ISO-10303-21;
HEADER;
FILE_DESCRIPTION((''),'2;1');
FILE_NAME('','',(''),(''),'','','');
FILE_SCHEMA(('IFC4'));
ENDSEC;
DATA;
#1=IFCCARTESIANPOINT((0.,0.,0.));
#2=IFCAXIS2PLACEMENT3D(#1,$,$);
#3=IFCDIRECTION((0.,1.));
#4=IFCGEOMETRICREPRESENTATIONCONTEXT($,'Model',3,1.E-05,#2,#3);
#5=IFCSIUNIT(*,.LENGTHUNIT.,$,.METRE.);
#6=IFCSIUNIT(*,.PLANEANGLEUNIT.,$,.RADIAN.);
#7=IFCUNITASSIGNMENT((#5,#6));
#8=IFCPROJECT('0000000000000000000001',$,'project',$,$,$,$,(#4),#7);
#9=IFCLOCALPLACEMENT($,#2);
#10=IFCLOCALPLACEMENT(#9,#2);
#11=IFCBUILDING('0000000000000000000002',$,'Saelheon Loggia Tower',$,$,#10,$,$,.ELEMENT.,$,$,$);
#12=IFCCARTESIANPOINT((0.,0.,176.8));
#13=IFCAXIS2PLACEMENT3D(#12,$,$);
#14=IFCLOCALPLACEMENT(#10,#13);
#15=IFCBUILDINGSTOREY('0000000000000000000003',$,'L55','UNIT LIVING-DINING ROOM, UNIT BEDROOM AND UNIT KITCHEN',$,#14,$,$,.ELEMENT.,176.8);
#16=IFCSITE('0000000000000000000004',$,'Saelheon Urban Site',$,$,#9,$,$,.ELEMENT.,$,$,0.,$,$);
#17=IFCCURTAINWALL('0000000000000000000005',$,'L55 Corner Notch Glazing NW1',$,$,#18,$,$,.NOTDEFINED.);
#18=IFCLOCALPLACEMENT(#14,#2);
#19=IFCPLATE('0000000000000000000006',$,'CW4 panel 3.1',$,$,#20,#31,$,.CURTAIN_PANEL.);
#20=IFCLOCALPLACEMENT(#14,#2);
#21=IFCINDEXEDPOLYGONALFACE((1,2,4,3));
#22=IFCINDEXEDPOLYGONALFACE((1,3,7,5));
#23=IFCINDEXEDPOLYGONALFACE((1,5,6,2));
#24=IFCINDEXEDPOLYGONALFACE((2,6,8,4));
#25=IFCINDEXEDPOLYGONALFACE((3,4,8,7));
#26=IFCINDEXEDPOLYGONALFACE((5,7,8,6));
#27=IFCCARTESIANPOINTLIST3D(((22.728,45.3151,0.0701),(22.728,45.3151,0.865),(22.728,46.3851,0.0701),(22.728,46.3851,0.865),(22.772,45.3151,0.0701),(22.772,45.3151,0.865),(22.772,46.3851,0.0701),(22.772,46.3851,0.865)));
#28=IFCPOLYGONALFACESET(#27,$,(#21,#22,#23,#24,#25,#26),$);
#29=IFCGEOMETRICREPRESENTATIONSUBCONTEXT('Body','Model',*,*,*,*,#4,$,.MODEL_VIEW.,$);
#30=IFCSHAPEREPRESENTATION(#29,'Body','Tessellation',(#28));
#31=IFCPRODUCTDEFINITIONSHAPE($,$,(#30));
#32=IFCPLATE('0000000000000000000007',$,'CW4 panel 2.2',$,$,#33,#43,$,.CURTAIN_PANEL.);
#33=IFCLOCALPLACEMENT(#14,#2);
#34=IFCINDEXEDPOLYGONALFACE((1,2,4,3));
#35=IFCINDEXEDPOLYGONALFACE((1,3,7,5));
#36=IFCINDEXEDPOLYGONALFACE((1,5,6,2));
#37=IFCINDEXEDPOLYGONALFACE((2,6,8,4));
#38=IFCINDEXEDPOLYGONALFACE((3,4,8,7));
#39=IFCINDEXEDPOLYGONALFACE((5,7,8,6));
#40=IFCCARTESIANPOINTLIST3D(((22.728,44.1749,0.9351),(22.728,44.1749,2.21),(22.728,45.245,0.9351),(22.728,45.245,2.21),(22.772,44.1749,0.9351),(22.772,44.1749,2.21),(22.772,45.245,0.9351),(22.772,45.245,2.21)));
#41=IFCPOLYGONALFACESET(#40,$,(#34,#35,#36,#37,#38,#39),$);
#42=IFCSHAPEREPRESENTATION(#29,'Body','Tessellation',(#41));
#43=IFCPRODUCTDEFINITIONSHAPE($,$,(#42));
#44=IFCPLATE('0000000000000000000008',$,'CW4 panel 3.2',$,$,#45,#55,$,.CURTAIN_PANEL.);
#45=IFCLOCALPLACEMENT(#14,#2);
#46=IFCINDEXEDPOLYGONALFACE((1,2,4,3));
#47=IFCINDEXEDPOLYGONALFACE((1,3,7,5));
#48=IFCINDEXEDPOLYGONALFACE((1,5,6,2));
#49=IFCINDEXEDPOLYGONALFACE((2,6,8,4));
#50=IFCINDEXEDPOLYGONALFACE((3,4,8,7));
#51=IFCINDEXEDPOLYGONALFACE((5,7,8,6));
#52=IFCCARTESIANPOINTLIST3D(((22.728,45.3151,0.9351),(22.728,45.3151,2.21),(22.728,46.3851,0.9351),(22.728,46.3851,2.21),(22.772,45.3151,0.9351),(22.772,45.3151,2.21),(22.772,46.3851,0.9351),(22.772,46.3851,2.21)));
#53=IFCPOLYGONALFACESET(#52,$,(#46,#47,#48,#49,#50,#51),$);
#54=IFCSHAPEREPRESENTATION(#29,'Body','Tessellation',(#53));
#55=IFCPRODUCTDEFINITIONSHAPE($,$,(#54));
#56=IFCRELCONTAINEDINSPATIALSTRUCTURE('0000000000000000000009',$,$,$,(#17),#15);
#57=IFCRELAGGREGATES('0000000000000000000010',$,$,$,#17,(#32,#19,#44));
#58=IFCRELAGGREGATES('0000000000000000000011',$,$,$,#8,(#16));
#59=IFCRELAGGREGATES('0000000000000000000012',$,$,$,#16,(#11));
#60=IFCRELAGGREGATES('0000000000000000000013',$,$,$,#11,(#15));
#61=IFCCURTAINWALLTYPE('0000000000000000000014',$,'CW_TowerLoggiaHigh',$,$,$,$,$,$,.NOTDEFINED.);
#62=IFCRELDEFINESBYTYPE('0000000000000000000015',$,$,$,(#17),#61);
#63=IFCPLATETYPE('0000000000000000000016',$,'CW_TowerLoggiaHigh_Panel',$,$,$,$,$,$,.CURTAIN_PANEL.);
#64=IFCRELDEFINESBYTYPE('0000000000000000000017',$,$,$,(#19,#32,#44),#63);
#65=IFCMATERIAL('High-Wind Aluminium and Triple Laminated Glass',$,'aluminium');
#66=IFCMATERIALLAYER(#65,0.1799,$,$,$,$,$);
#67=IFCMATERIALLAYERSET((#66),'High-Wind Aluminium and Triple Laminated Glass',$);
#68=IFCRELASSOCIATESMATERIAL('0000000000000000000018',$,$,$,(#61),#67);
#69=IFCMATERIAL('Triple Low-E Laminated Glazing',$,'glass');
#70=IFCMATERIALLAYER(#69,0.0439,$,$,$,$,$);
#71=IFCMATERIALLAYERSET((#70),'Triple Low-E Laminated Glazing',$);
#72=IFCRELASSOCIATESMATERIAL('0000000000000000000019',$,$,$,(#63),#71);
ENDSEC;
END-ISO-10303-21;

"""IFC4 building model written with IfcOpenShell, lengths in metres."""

from ifc_helpers import new_model, si_unit, direction, frame, origin, origin_2d, place, context, subcontext, project, spatial, rectangle, extrude, source, transform, mapped, material, layer, layer_set, type_object, element, aggregate, save


model = new_model("IFC4")

# Units and contexts
model_context = context("Model", 3, precision=1e-05, world=origin(), true_north=direction((0.0, 1.0)))
body_context = subcontext(model_context, "Body", "Model", "MODEL_VIEW")
ifc_project = project(units=[si_unit("LENGTHUNIT", "METRE"), si_unit("PLANEANGLEUNIT", "RADIAN")], contexts=[model_context])

# Site, building, storey
site_placement = place(None, origin())
site = spatial("IfcSite", under=ifc_project, at=site_placement, Name="Saelheon Urban Site", CompositionType="ELEMENT", RefElevation=0.0)
building_placement = place(site_placement, origin())
building = spatial("IfcBuilding", under=site, at=building_placement, Name="Saelheon Loggia Tower", CompositionType="ELEMENT")
storey_placement = place(building_placement, frame((0.0, 0.0, 176.8)))
storey = spatial("IfcBuildingStorey", under=building, at=storey_placement, Name="L55", Description="UNIT LIVING-DINING ROOM, UNIT BEDROOM AND UNIT KITCHEN", CompositionType="ELEMENT", Elevation=176.8)

# Curtain wall, plates
ifc_material_1 = material(Name="High-Wind Aluminium and Triple Laminated Glass", Category="aluminium")
ifc_layer_1 = layer(ifc_material_1, 0.1799)
ifc_layer_set_1 = layer_set([ifc_layer_1], Name="High-Wind Aluminium and Triple Laminated Glass")
curtain_wall_type = type_object("IfcCurtainWallType", Name="CW_TowerLoggiaHigh", PredefinedType="NOTDEFINED", material=ifc_layer_set_1)
curtain_wall_placement = place(storey_placement, origin())
curtain_wall = element("IfcCurtainWall", 1, at=curtain_wall_placement, inside=storey, type_object=curtain_wall_type, Name="L55 Corner Notch Glazing NW1", PredefinedType="NOTDEFINED")
ifc_material_2 = material(Name="Triple Low-E Laminated Glazing", Category="glass")
ifc_layer_2 = layer(ifc_material_2, 0.0439)
ifc_layer_set_2 = layer_set([ifc_layer_2], Name="Triple Low-E Laminated Glazing")
plate_type = type_object("IfcPlateType", Name="CW_TowerLoggiaHigh_Panel", PredefinedType="CURTAIN_PANEL", material=ifc_layer_set_2)
shared_shape_1 = source(origin(), body_context, "Body", "SweptSolid", [
    extrude(rectangle(XDim=1.0701, YDim=0.0439, at=origin_2d()), origin(), (0.0, 0.0, 1.0), 0.7949),
])
plate_1_placement = place(storey_placement, frame((22.75, 45.8501, 0.0701), z_axis=(0.0, 0.0, 1.0), x_axis=(0.0, 1.0, 0.0)))
plate_1 = element("IfcPlate", 2, at=plate_1_placement, type_object=plate_type, Name="CW4 panel 3.1", PredefinedType="CURTAIN_PANEL", context=body_context, shape_type="MappedRepresentation", body=[
    mapped(shared_shape_1, transform((0.0, 0.0, 0.0), scale=1.0)),
])
shared_shape_2 = source(origin(), body_context, "Body", "SweptSolid", [
    extrude(rectangle(XDim=1.0701, YDim=0.0439, at=origin_2d()), origin(), (0.0, 0.0, 1.0), 1.2749),
])
plate_2_placement = place(storey_placement, frame((22.75, 44.71, 0.9351), z_axis=(0.0, 0.0, 1.0), x_axis=(0.0, 1.0, 0.0)))
plate_2 = element("IfcPlate", 3, at=plate_2_placement, type_object=plate_type, Name="CW4 panel 2.2", PredefinedType="CURTAIN_PANEL", context=body_context, shape_type="MappedRepresentation", body=[
    mapped(shared_shape_2, transform((0.0, 0.0, 0.0), scale=1.0)),
])
plate_3_placement = place(storey_placement, frame((22.75, 45.8501, 0.9351), z_axis=(0.0, 0.0, 1.0), x_axis=(0.0, 1.0, 0.0)))
plate_3 = element("IfcPlate", 4, at=plate_3_placement, type_object=plate_type, Name="CW4 panel 3.2", PredefinedType="CURTAIN_PANEL", context=body_context, shape_type="MappedRepresentation", body=[
    mapped(shared_shape_2, transform((0.0, 0.0, 0.0), scale=1.0)),
])
aggregate(curtain_wall, [plate_2, plate_1, plate_3])

save(model, "model.ifc")
